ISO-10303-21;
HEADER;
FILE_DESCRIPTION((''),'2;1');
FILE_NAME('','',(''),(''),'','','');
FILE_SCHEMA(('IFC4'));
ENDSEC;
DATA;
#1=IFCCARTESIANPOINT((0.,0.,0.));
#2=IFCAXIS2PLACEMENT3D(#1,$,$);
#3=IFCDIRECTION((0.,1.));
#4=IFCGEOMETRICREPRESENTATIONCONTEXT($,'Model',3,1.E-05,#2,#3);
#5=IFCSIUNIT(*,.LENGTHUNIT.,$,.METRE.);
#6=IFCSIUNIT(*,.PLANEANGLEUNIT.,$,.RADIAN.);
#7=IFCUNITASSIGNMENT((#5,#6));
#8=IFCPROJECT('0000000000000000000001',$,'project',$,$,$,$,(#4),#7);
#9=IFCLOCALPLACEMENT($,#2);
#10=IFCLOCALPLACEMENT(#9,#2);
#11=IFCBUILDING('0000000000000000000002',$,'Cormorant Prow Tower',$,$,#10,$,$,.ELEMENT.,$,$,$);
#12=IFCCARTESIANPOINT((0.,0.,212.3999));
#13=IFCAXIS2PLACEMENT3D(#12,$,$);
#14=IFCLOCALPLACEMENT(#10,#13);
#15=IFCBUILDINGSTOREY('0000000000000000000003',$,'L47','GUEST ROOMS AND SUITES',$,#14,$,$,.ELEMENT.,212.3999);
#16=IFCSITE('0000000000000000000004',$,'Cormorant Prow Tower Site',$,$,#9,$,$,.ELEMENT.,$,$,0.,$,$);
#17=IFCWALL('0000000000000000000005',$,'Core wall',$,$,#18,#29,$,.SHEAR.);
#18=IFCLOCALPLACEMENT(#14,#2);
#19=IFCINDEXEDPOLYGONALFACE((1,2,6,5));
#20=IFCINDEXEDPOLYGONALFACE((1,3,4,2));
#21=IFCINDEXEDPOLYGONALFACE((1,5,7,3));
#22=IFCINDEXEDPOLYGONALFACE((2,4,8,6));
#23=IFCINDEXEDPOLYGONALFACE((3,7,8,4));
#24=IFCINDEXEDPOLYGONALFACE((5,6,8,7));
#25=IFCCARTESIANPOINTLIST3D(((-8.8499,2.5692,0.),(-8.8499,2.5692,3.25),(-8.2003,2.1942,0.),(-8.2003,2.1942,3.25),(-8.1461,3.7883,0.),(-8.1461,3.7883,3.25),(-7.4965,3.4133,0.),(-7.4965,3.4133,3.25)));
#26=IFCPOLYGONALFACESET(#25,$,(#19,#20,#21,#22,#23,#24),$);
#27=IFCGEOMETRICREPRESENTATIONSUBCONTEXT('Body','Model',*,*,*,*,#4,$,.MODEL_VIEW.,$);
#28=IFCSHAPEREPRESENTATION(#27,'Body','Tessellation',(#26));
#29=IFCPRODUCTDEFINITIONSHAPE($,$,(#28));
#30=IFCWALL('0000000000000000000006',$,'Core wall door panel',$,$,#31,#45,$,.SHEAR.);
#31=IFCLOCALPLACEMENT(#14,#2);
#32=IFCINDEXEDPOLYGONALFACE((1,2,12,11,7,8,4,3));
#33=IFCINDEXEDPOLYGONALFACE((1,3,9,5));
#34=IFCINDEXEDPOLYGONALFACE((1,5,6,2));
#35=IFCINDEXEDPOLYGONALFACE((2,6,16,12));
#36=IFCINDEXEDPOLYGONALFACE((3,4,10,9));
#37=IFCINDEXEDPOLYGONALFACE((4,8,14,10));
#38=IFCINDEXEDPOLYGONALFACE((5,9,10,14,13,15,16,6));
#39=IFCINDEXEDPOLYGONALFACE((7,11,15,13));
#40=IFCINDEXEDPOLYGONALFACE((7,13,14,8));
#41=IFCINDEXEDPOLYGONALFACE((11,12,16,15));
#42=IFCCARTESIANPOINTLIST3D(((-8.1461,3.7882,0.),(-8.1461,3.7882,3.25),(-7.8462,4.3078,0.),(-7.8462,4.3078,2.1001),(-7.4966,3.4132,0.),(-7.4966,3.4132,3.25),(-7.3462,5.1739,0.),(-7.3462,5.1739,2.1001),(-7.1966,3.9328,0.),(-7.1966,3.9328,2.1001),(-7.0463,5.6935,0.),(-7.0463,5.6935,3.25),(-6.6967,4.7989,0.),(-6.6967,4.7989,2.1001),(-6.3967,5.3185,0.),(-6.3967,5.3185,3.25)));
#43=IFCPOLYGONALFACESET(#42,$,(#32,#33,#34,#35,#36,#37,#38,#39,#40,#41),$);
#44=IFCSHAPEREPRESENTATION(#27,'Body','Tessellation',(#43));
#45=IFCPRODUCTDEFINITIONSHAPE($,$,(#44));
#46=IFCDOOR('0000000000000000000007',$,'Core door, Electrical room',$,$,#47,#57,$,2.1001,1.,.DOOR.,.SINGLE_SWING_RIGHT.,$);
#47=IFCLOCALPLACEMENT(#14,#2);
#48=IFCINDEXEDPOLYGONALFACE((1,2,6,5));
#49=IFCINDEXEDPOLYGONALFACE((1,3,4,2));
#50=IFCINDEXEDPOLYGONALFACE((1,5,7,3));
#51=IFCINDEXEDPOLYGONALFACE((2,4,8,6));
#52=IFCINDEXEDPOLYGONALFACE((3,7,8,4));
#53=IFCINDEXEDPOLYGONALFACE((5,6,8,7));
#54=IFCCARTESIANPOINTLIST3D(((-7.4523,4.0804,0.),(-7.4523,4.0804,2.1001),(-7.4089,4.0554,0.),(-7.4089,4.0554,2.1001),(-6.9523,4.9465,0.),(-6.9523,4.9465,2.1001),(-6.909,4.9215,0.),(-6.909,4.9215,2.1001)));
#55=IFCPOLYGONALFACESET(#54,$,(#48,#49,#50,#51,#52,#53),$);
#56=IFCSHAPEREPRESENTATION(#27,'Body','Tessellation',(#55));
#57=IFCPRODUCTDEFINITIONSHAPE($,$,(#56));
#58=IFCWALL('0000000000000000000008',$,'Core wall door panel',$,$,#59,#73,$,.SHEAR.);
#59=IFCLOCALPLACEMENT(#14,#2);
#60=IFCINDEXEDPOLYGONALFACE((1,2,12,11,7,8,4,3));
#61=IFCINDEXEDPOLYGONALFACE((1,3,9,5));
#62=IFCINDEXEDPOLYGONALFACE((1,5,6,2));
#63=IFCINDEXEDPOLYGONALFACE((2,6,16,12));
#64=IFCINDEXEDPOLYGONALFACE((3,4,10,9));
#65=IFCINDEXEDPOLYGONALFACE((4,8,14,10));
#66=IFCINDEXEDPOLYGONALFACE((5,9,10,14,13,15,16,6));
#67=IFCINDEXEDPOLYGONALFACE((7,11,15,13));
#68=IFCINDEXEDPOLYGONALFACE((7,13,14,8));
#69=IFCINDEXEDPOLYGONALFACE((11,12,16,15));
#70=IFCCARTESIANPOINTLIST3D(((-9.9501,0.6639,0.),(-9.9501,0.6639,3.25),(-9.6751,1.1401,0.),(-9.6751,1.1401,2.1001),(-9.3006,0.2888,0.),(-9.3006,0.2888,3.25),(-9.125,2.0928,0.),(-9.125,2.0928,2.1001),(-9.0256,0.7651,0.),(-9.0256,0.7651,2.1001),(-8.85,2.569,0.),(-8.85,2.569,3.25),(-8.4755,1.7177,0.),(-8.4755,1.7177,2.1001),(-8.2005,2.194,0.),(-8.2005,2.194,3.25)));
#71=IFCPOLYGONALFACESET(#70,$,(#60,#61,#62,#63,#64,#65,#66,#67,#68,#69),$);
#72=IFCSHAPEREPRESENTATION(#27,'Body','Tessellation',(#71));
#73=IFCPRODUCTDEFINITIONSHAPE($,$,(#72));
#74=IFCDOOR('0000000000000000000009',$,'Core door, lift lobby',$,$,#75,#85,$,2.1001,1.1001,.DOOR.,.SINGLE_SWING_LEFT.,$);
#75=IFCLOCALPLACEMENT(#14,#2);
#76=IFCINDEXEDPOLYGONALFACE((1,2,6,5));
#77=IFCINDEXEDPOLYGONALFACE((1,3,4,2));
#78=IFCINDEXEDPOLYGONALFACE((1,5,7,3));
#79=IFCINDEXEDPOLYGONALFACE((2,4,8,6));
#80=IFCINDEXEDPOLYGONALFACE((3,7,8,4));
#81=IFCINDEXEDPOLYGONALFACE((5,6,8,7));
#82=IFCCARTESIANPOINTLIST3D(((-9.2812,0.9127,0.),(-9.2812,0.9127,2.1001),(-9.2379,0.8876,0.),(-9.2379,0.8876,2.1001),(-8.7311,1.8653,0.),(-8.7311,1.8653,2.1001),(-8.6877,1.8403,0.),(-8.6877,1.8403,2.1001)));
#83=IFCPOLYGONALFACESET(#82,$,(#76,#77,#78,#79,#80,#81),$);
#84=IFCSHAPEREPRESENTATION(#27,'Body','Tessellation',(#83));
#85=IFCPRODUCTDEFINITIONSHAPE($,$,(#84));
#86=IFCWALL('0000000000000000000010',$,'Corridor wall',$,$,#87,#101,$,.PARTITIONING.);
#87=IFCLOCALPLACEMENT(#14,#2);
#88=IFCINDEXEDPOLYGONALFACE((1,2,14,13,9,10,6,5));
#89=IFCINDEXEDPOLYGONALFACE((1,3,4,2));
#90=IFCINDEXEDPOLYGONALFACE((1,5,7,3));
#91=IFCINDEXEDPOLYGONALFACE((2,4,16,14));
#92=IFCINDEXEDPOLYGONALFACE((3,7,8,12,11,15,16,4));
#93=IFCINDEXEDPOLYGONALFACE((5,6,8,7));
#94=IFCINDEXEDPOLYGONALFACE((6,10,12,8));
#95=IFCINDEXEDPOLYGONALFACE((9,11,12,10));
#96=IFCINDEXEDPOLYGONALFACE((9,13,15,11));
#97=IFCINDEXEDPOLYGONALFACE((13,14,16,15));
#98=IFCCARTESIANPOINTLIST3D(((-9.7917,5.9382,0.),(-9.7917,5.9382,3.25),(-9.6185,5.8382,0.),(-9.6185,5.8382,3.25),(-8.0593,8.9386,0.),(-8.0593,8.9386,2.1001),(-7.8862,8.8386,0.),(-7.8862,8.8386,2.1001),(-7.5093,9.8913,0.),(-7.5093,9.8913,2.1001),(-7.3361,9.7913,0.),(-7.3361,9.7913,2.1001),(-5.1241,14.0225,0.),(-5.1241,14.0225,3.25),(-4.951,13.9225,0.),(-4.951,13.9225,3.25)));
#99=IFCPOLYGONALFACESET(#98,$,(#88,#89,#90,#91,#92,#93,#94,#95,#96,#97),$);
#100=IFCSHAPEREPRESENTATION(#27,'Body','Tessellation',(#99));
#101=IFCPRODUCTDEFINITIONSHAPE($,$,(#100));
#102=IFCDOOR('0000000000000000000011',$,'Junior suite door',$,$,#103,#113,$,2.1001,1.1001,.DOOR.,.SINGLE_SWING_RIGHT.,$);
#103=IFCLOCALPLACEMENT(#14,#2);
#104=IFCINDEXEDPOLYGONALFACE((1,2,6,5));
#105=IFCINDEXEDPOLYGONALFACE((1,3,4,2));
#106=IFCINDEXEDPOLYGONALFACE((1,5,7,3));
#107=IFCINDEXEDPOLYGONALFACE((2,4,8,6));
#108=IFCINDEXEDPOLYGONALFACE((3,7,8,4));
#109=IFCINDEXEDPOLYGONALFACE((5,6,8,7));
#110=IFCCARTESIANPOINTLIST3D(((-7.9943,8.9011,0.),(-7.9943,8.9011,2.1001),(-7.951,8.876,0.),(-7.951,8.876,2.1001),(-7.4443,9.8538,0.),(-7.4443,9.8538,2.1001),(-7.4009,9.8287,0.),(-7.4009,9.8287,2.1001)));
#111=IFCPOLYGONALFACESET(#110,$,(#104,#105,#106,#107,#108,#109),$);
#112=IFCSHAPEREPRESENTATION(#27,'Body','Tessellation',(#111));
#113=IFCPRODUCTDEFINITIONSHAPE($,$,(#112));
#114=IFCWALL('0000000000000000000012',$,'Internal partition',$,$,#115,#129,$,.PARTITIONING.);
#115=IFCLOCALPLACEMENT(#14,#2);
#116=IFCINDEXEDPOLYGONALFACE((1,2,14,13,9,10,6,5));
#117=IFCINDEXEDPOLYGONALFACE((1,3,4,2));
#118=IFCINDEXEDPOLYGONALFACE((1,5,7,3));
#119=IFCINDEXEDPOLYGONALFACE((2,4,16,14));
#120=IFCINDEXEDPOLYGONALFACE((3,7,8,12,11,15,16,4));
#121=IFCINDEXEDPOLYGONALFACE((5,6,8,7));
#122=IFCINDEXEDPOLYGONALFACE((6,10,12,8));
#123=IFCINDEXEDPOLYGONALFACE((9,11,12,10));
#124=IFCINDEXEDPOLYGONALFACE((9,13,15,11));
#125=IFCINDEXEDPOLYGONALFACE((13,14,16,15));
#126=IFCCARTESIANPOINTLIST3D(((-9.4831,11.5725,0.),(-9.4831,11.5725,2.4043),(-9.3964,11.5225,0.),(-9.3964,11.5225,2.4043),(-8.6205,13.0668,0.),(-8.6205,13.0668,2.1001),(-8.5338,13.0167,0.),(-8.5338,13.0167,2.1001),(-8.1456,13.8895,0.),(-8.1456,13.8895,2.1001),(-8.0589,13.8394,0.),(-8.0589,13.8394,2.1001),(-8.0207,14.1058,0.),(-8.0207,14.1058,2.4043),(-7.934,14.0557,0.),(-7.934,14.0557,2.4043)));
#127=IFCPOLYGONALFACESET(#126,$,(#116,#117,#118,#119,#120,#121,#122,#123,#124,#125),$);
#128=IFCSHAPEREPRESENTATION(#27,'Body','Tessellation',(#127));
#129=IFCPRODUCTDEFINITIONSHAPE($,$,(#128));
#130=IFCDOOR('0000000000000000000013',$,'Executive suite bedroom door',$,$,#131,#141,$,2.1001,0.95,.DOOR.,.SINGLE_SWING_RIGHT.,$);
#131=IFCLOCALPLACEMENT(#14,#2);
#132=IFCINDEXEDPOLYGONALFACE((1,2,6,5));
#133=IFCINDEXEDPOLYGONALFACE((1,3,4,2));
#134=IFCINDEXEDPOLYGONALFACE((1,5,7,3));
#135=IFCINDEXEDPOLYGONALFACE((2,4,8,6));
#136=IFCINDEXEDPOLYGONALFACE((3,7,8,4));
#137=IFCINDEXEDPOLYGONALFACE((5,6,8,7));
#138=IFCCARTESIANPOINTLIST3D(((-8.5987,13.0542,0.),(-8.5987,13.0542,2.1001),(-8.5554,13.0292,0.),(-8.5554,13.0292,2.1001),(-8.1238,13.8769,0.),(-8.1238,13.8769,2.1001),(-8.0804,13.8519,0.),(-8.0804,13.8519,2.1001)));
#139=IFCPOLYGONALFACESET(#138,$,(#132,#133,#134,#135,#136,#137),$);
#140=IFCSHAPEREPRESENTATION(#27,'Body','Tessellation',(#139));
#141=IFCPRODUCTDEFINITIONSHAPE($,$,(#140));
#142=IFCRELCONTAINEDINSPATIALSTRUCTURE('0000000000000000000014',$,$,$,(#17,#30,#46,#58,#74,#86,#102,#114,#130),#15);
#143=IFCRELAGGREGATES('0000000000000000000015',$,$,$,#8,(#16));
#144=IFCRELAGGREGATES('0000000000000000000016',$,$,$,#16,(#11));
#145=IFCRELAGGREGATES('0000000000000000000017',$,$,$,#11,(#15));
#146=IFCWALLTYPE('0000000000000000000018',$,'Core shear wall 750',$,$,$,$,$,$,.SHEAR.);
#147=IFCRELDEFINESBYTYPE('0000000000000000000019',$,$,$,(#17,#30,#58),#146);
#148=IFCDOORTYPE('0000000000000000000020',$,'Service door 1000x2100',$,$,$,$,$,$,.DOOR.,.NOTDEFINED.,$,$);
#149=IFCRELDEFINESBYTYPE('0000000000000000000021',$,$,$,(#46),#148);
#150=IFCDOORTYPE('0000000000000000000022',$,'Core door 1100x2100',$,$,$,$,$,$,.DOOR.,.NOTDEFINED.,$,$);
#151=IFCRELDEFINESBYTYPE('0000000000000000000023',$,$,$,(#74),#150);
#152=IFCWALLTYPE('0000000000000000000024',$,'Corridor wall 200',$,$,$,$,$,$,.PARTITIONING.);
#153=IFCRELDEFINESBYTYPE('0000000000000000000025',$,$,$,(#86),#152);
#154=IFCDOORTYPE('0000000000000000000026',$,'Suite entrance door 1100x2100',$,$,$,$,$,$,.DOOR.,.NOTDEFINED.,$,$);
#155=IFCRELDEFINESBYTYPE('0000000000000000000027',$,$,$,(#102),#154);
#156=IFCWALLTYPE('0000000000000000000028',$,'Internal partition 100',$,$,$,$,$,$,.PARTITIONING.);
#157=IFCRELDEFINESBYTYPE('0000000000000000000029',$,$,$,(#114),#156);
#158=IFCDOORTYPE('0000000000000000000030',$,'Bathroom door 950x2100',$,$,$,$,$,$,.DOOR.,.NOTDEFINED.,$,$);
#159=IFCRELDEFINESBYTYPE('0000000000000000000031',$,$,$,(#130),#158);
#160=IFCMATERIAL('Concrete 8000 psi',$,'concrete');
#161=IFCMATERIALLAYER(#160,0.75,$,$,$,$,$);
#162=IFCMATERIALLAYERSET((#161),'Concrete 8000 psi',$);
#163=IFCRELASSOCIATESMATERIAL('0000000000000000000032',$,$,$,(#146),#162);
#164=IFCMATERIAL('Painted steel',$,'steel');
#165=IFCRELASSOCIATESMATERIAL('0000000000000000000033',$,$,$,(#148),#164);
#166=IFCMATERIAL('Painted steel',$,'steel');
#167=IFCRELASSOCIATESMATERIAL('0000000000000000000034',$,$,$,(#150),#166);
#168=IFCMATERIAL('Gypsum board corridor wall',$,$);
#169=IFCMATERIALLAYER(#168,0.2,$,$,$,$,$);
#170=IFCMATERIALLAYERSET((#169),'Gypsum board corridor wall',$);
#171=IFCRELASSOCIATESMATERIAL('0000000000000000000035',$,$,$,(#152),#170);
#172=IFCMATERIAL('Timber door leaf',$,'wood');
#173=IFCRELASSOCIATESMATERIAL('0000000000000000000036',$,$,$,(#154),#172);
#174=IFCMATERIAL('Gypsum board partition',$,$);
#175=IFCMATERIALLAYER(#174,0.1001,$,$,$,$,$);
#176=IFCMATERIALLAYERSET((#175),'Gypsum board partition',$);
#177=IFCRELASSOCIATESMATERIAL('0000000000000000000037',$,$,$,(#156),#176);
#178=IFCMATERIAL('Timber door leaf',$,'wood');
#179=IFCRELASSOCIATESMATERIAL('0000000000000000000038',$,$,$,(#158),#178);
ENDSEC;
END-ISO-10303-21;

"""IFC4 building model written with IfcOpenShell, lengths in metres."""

from ifc_helpers import new_model, si_unit, direction, frame, frame_2d, origin, place, context, subcontext, project, spatial, rectangle, extrude, material, layer, layer_set, type_object, element, fill, save


model = new_model("IFC4")

# Units and contexts
model_context = context("Model", 3, precision=1e-05, world=origin(), true_north=direction((0.0, 1.0)))
body_context = subcontext(model_context, "Body", "Model", "MODEL_VIEW")
ifc_project = project(units=[si_unit("LENGTHUNIT", "METRE"), si_unit("PLANEANGLEUNIT", "RADIAN")], contexts=[model_context])

# Site, building, storey
site_placement = place(None, origin())
site = spatial("IfcSite", under=ifc_project, at=site_placement, Name="Cormorant Prow Tower Site", CompositionType="ELEMENT", RefElevation=0.0)
building_placement = place(site_placement, origin())
building = spatial("IfcBuilding", under=site, at=building_placement, Name="Cormorant Prow Tower", CompositionType="ELEMENT")
storey_placement = place(building_placement, frame((0.0, 0.0, 212.3999)))
storey = spatial("IfcBuildingStorey", under=building, at=storey_placement, Name="L47", Description="GUEST ROOMS AND SUITES", CompositionType="ELEMENT", Elevation=212.3999)

# Wall
ifc_material_1 = material(Name="Concrete 8000 psi", Category="concrete")
ifc_layer_1 = layer(ifc_material_1, 0.75)
ifc_layer_set_1 = layer_set([ifc_layer_1], Name="Concrete 8000 psi")
wall_type_1 = type_object("IfcWallType", Name="Core shear wall 750", PredefinedType="SHEAR", material=ifc_layer_set_1)
wall_1_placement = place(storey_placement, frame((-7.8213, 3.6008, 0.0), z_axis=(0.0, 0.0, 1.0), x_axis=(-0.499963, -0.866047, 0.0)))
element("IfcWall", 1, at=wall_1_placement, inside=storey, type_object=wall_type_1, Name="Core wall", PredefinedType="SHEAR", context=body_context, shape_type="SweptSolid", body=[
    extrude(rectangle(XDim=1.4077, YDim=0.75, at=frame_2d((0.7039, 0.0))), origin(), (0.0, 0.0, 1.0), 3.25),
])

# Walls, openings, doors
wall_2_placement = place(storey_placement, frame((-6.7214, 5.5061, 0.0), z_axis=(0.0, 0.0, 1.0), x_axis=(-0.499947, -0.866056, 0.0)))
wall_2 = element("IfcWall", 2, at=wall_2_placement, inside=storey, type_object=wall_type_1, Name="Core wall door panel", PredefinedType="SHEAR", context=body_context, shape_type="SweptSolid", body=[
    extrude(rectangle(XDim=2.2, YDim=0.75, at=frame_2d((1.1001, 0.0))), origin(), (0.0, 0.0, 1.0), 3.25),
])
opening_1_placement = place(wall_2_placement, frame((0.6001, 0.0, 0.0)))
opening_1 = element("IfcOpeningElement", 3, at=opening_1_placement, cuts=wall_2, PredefinedType="OPENING", context=body_context, shape_type="SweptSolid", body=[
    extrude(rectangle(XDim=1.0, YDim=2.1001, at=frame_2d((0.5, 1.05))), frame((0.0, 0.385, 0.0), z_axis=(0.0, -1.0, 0.0), x_axis=(1.0, 0.0, 0.0)), (0.0, 0.0, 1.0), 0.77),
])
ifc_material_2 = material(Name="Painted steel", Category="steel")
door_type_1 = type_object("IfcDoorType", Name="Service door 1000x2100", OperationType="NOTDEFINED", PredefinedType="DOOR", material=ifc_material_2)
door_1_placement = place(opening_1_placement, origin())
door_1 = element("IfcDoor", 4, at=door_1_placement, inside=storey, type_object=door_type_1, Name="Core door, Electrical room", OperationType="SINGLE_SWING_RIGHT", OverallHeight=2.1001, OverallWidth=1.0, PredefinedType="DOOR", context=body_context, shape_type="SweptSolid", body=[
    extrude(rectangle(XDim=1.0, YDim=2.1001, at=frame_2d((0.5, 1.05))), frame((0.0, 0.1299, 0.0), z_axis=(0.0, -1.0, 0.0), x_axis=(1.0, 0.0, 0.0)), (0.0, 0.0, 1.0), 0.05),
])
fill(opening_1, door_1)
wall_3_placement = place(storey_placement, frame((-8.5251, 2.3816, 0.0), z_axis=(0.0, 0.0, 1.0), x_axis=(-0.500078, -0.86598, 0.0)))
wall_3 = element("IfcWall", 5, at=wall_3_placement, inside=storey, type_object=wall_type_1, Name="Core wall door panel", PredefinedType="SHEAR", context=body_context, shape_type="SweptSolid", body=[
    extrude(rectangle(XDim=2.2, YDim=0.75, at=frame_2d((1.1001, 0.0))), origin(), (0.0, 0.0, 1.0), 3.25),
])
opening_2_placement = place(wall_3_placement, frame((0.55, 0.0, 0.0)))
opening_2 = element("IfcOpeningElement", 6, at=opening_2_placement, cuts=wall_3, PredefinedType="OPENING", context=body_context, shape_type="SweptSolid", body=[
    extrude(rectangle(XDim=1.1001, YDim=2.1001, at=frame_2d((0.55, 1.05))), frame((0.0, 0.385, 0.0), z_axis=(0.0, -1.0, 0.0), x_axis=(1.0, 0.0, 0.0)), (0.0, 0.0, 1.0), 0.77),
])
ifc_material_3 = material(Name="Painted steel", Category="steel")
door_type_2 = type_object("IfcDoorType", Name="Core door 1100x2100", OperationType="NOTDEFINED", PredefinedType="DOOR", material=ifc_material_3)
door_2_placement = place(opening_2_placement, origin())
door_2 = element("IfcDoor", 7, at=door_2_placement, inside=storey, type_object=door_type_2, Name="Core door, lift lobby", OperationType="SINGLE_SWING_LEFT", OverallHeight=2.1001, OverallWidth=1.1001, PredefinedType="DOOR", context=body_context, shape_type="SweptSolid", body=[
    extrude(rectangle(XDim=1.1001, YDim=2.1001, at=frame_2d((0.55, 1.05))), frame((0.0, 0.1299, 0.0), z_axis=(0.0, -1.0, 0.0), x_axis=(1.0, 0.0, 0.0)), (0.0, 0.0, 1.0), 0.05),
])
fill(opening_2, door_2)
ifc_material_4 = material(Name="Gypsum board corridor wall")
ifc_layer_2 = layer(ifc_material_4, 0.2)
ifc_layer_set_2 = layer_set([ifc_layer_2], Name="Gypsum board corridor wall")
wall_type_2 = type_object("IfcWallType", Name="Corridor wall 200", PredefinedType="PARTITIONING", material=ifc_layer_set_2)
wall_4_placement = place(storey_placement, frame((-9.7051, 5.8882, 0.0), z_axis=(0.0, 0.0, 1.0), x_axis=(0.500004, 0.866023, 0.0)))
wall_4 = element("IfcWall", 8, at=wall_4_placement, inside=storey, type_object=wall_type_2, Name="Corridor wall", PredefinedType="PARTITIONING", context=body_context, shape_type="SweptSolid", body=[
    extrude(rectangle(XDim=9.335, YDim=0.2, at=frame_2d((4.6675, 0.0))), origin(), (0.0, 0.0, 1.0), 3.25),
])
opening_3_placement = place(wall_4_placement, frame((3.4646, 0.0, 0.0)))
opening_3 = element("IfcOpeningElement", 9, at=opening_3_placement, cuts=wall_4, PredefinedType="OPENING", context=body_context, shape_type="SweptSolid", body=[
    extrude(rectangle(XDim=1.1001, YDim=2.1001, at=frame_2d((0.55, 1.05))), frame((0.0, 0.1099, 0.0), z_axis=(0.0, -1.0, 0.0), x_axis=(1.0, 0.0, 0.0)), (0.0, 0.0, 1.0), 0.22),
])
ifc_material_5 = material(Name="Timber door leaf", Category="wood")
door_type_3 = type_object("IfcDoorType", Name="Suite entrance door 1100x2100", OperationType="NOTDEFINED", PredefinedType="DOOR", material=ifc_material_5)
door_3_placement = place(opening_3_placement, origin())
door_3 = element("IfcDoor", 10, at=door_3_placement, inside=storey, type_object=door_type_3, Name="Junior suite door", OperationType="SINGLE_SWING_RIGHT", OverallHeight=2.1001, OverallWidth=1.1001, PredefinedType="DOOR", context=body_context, shape_type="SweptSolid", body=[
    extrude(rectangle(XDim=1.1001, YDim=2.1001, at=frame_2d((0.55, 1.05))), frame((0.0, 0.0249, 0.0), z_axis=(0.0, -1.0, 0.0), x_axis=(1.0, 0.0, 0.0)), (0.0, 0.0, 1.0), 0.05),
])
fill(opening_3, door_3)
ifc_material_6 = material(Name="Gypsum board partition")
ifc_layer_3 = layer(ifc_material_6, 0.1001)
ifc_layer_set_3 = layer_set([ifc_layer_3], Name="Gypsum board partition")
wall_type_3 = type_object("IfcWallType", Name="Internal partition 100", PredefinedType="PARTITIONING", material=ifc_layer_set_3)
wall_5_placement = place(storey_placement, frame((-9.4397, 11.5476, 0.0), z_axis=(0.0, 0.0, 1.0), x_axis=(0.499963, 0.866047, 0.0)))
wall_5 = element("IfcWall", 11, at=wall_5_placement, inside=storey, type_object=wall_type_3, Name="Internal partition", PredefinedType="PARTITIONING", context=body_context, shape_type="SweptSolid", body=[
    extrude(rectangle(XDim=2.925, YDim=0.1001, at=frame_2d((1.4624, 0.0))), origin(), (0.0, 0.0, 1.0), 2.4043),
])
opening_4_placement = place(wall_5_placement, frame((1.7251, 0.0, 0.0)))
opening_4 = element("IfcOpeningElement", 12, at=opening_4_placement, cuts=wall_5, PredefinedType="OPENING", context=body_context, shape_type="SweptSolid", body=[
    extrude(rectangle(XDim=0.95, YDim=2.1001, at=frame_2d((0.4751, 1.05))), frame((0.0, 0.0601, 0.0), z_axis=(0.0, -1.0, 0.0), x_axis=(1.0, 0.0, 0.0)), (0.0, 0.0, 1.0), 0.1201),
])
ifc_material_7 = material(Name="Timber door leaf", Category="wood")
door_type_4 = type_object("IfcDoorType", Name="Bathroom door 950x2100", OperationType="NOTDEFINED", PredefinedType="DOOR", material=ifc_material_7)
door_4_placement = place(opening_4_placement, origin())
door_4 = element("IfcDoor", 13, at=door_4_placement, inside=storey, type_object=door_type_4, Name="Executive suite bedroom door", OperationType="SINGLE_SWING_RIGHT", OverallHeight=2.1001, OverallWidth=0.95, PredefinedType="DOOR", context=body_context, shape_type="SweptSolid", body=[
    extrude(rectangle(XDim=0.95, YDim=2.1001, at=frame_2d((0.4751, 1.05))), frame((0.0, 0.0249, 0.0), z_axis=(0.0, -1.0, 0.0), x_axis=(1.0, 0.0, 0.0)), (0.0, 0.0, 1.0), 0.05),
])
fill(opening_4, door_4)

save(model, "model.ifc")
